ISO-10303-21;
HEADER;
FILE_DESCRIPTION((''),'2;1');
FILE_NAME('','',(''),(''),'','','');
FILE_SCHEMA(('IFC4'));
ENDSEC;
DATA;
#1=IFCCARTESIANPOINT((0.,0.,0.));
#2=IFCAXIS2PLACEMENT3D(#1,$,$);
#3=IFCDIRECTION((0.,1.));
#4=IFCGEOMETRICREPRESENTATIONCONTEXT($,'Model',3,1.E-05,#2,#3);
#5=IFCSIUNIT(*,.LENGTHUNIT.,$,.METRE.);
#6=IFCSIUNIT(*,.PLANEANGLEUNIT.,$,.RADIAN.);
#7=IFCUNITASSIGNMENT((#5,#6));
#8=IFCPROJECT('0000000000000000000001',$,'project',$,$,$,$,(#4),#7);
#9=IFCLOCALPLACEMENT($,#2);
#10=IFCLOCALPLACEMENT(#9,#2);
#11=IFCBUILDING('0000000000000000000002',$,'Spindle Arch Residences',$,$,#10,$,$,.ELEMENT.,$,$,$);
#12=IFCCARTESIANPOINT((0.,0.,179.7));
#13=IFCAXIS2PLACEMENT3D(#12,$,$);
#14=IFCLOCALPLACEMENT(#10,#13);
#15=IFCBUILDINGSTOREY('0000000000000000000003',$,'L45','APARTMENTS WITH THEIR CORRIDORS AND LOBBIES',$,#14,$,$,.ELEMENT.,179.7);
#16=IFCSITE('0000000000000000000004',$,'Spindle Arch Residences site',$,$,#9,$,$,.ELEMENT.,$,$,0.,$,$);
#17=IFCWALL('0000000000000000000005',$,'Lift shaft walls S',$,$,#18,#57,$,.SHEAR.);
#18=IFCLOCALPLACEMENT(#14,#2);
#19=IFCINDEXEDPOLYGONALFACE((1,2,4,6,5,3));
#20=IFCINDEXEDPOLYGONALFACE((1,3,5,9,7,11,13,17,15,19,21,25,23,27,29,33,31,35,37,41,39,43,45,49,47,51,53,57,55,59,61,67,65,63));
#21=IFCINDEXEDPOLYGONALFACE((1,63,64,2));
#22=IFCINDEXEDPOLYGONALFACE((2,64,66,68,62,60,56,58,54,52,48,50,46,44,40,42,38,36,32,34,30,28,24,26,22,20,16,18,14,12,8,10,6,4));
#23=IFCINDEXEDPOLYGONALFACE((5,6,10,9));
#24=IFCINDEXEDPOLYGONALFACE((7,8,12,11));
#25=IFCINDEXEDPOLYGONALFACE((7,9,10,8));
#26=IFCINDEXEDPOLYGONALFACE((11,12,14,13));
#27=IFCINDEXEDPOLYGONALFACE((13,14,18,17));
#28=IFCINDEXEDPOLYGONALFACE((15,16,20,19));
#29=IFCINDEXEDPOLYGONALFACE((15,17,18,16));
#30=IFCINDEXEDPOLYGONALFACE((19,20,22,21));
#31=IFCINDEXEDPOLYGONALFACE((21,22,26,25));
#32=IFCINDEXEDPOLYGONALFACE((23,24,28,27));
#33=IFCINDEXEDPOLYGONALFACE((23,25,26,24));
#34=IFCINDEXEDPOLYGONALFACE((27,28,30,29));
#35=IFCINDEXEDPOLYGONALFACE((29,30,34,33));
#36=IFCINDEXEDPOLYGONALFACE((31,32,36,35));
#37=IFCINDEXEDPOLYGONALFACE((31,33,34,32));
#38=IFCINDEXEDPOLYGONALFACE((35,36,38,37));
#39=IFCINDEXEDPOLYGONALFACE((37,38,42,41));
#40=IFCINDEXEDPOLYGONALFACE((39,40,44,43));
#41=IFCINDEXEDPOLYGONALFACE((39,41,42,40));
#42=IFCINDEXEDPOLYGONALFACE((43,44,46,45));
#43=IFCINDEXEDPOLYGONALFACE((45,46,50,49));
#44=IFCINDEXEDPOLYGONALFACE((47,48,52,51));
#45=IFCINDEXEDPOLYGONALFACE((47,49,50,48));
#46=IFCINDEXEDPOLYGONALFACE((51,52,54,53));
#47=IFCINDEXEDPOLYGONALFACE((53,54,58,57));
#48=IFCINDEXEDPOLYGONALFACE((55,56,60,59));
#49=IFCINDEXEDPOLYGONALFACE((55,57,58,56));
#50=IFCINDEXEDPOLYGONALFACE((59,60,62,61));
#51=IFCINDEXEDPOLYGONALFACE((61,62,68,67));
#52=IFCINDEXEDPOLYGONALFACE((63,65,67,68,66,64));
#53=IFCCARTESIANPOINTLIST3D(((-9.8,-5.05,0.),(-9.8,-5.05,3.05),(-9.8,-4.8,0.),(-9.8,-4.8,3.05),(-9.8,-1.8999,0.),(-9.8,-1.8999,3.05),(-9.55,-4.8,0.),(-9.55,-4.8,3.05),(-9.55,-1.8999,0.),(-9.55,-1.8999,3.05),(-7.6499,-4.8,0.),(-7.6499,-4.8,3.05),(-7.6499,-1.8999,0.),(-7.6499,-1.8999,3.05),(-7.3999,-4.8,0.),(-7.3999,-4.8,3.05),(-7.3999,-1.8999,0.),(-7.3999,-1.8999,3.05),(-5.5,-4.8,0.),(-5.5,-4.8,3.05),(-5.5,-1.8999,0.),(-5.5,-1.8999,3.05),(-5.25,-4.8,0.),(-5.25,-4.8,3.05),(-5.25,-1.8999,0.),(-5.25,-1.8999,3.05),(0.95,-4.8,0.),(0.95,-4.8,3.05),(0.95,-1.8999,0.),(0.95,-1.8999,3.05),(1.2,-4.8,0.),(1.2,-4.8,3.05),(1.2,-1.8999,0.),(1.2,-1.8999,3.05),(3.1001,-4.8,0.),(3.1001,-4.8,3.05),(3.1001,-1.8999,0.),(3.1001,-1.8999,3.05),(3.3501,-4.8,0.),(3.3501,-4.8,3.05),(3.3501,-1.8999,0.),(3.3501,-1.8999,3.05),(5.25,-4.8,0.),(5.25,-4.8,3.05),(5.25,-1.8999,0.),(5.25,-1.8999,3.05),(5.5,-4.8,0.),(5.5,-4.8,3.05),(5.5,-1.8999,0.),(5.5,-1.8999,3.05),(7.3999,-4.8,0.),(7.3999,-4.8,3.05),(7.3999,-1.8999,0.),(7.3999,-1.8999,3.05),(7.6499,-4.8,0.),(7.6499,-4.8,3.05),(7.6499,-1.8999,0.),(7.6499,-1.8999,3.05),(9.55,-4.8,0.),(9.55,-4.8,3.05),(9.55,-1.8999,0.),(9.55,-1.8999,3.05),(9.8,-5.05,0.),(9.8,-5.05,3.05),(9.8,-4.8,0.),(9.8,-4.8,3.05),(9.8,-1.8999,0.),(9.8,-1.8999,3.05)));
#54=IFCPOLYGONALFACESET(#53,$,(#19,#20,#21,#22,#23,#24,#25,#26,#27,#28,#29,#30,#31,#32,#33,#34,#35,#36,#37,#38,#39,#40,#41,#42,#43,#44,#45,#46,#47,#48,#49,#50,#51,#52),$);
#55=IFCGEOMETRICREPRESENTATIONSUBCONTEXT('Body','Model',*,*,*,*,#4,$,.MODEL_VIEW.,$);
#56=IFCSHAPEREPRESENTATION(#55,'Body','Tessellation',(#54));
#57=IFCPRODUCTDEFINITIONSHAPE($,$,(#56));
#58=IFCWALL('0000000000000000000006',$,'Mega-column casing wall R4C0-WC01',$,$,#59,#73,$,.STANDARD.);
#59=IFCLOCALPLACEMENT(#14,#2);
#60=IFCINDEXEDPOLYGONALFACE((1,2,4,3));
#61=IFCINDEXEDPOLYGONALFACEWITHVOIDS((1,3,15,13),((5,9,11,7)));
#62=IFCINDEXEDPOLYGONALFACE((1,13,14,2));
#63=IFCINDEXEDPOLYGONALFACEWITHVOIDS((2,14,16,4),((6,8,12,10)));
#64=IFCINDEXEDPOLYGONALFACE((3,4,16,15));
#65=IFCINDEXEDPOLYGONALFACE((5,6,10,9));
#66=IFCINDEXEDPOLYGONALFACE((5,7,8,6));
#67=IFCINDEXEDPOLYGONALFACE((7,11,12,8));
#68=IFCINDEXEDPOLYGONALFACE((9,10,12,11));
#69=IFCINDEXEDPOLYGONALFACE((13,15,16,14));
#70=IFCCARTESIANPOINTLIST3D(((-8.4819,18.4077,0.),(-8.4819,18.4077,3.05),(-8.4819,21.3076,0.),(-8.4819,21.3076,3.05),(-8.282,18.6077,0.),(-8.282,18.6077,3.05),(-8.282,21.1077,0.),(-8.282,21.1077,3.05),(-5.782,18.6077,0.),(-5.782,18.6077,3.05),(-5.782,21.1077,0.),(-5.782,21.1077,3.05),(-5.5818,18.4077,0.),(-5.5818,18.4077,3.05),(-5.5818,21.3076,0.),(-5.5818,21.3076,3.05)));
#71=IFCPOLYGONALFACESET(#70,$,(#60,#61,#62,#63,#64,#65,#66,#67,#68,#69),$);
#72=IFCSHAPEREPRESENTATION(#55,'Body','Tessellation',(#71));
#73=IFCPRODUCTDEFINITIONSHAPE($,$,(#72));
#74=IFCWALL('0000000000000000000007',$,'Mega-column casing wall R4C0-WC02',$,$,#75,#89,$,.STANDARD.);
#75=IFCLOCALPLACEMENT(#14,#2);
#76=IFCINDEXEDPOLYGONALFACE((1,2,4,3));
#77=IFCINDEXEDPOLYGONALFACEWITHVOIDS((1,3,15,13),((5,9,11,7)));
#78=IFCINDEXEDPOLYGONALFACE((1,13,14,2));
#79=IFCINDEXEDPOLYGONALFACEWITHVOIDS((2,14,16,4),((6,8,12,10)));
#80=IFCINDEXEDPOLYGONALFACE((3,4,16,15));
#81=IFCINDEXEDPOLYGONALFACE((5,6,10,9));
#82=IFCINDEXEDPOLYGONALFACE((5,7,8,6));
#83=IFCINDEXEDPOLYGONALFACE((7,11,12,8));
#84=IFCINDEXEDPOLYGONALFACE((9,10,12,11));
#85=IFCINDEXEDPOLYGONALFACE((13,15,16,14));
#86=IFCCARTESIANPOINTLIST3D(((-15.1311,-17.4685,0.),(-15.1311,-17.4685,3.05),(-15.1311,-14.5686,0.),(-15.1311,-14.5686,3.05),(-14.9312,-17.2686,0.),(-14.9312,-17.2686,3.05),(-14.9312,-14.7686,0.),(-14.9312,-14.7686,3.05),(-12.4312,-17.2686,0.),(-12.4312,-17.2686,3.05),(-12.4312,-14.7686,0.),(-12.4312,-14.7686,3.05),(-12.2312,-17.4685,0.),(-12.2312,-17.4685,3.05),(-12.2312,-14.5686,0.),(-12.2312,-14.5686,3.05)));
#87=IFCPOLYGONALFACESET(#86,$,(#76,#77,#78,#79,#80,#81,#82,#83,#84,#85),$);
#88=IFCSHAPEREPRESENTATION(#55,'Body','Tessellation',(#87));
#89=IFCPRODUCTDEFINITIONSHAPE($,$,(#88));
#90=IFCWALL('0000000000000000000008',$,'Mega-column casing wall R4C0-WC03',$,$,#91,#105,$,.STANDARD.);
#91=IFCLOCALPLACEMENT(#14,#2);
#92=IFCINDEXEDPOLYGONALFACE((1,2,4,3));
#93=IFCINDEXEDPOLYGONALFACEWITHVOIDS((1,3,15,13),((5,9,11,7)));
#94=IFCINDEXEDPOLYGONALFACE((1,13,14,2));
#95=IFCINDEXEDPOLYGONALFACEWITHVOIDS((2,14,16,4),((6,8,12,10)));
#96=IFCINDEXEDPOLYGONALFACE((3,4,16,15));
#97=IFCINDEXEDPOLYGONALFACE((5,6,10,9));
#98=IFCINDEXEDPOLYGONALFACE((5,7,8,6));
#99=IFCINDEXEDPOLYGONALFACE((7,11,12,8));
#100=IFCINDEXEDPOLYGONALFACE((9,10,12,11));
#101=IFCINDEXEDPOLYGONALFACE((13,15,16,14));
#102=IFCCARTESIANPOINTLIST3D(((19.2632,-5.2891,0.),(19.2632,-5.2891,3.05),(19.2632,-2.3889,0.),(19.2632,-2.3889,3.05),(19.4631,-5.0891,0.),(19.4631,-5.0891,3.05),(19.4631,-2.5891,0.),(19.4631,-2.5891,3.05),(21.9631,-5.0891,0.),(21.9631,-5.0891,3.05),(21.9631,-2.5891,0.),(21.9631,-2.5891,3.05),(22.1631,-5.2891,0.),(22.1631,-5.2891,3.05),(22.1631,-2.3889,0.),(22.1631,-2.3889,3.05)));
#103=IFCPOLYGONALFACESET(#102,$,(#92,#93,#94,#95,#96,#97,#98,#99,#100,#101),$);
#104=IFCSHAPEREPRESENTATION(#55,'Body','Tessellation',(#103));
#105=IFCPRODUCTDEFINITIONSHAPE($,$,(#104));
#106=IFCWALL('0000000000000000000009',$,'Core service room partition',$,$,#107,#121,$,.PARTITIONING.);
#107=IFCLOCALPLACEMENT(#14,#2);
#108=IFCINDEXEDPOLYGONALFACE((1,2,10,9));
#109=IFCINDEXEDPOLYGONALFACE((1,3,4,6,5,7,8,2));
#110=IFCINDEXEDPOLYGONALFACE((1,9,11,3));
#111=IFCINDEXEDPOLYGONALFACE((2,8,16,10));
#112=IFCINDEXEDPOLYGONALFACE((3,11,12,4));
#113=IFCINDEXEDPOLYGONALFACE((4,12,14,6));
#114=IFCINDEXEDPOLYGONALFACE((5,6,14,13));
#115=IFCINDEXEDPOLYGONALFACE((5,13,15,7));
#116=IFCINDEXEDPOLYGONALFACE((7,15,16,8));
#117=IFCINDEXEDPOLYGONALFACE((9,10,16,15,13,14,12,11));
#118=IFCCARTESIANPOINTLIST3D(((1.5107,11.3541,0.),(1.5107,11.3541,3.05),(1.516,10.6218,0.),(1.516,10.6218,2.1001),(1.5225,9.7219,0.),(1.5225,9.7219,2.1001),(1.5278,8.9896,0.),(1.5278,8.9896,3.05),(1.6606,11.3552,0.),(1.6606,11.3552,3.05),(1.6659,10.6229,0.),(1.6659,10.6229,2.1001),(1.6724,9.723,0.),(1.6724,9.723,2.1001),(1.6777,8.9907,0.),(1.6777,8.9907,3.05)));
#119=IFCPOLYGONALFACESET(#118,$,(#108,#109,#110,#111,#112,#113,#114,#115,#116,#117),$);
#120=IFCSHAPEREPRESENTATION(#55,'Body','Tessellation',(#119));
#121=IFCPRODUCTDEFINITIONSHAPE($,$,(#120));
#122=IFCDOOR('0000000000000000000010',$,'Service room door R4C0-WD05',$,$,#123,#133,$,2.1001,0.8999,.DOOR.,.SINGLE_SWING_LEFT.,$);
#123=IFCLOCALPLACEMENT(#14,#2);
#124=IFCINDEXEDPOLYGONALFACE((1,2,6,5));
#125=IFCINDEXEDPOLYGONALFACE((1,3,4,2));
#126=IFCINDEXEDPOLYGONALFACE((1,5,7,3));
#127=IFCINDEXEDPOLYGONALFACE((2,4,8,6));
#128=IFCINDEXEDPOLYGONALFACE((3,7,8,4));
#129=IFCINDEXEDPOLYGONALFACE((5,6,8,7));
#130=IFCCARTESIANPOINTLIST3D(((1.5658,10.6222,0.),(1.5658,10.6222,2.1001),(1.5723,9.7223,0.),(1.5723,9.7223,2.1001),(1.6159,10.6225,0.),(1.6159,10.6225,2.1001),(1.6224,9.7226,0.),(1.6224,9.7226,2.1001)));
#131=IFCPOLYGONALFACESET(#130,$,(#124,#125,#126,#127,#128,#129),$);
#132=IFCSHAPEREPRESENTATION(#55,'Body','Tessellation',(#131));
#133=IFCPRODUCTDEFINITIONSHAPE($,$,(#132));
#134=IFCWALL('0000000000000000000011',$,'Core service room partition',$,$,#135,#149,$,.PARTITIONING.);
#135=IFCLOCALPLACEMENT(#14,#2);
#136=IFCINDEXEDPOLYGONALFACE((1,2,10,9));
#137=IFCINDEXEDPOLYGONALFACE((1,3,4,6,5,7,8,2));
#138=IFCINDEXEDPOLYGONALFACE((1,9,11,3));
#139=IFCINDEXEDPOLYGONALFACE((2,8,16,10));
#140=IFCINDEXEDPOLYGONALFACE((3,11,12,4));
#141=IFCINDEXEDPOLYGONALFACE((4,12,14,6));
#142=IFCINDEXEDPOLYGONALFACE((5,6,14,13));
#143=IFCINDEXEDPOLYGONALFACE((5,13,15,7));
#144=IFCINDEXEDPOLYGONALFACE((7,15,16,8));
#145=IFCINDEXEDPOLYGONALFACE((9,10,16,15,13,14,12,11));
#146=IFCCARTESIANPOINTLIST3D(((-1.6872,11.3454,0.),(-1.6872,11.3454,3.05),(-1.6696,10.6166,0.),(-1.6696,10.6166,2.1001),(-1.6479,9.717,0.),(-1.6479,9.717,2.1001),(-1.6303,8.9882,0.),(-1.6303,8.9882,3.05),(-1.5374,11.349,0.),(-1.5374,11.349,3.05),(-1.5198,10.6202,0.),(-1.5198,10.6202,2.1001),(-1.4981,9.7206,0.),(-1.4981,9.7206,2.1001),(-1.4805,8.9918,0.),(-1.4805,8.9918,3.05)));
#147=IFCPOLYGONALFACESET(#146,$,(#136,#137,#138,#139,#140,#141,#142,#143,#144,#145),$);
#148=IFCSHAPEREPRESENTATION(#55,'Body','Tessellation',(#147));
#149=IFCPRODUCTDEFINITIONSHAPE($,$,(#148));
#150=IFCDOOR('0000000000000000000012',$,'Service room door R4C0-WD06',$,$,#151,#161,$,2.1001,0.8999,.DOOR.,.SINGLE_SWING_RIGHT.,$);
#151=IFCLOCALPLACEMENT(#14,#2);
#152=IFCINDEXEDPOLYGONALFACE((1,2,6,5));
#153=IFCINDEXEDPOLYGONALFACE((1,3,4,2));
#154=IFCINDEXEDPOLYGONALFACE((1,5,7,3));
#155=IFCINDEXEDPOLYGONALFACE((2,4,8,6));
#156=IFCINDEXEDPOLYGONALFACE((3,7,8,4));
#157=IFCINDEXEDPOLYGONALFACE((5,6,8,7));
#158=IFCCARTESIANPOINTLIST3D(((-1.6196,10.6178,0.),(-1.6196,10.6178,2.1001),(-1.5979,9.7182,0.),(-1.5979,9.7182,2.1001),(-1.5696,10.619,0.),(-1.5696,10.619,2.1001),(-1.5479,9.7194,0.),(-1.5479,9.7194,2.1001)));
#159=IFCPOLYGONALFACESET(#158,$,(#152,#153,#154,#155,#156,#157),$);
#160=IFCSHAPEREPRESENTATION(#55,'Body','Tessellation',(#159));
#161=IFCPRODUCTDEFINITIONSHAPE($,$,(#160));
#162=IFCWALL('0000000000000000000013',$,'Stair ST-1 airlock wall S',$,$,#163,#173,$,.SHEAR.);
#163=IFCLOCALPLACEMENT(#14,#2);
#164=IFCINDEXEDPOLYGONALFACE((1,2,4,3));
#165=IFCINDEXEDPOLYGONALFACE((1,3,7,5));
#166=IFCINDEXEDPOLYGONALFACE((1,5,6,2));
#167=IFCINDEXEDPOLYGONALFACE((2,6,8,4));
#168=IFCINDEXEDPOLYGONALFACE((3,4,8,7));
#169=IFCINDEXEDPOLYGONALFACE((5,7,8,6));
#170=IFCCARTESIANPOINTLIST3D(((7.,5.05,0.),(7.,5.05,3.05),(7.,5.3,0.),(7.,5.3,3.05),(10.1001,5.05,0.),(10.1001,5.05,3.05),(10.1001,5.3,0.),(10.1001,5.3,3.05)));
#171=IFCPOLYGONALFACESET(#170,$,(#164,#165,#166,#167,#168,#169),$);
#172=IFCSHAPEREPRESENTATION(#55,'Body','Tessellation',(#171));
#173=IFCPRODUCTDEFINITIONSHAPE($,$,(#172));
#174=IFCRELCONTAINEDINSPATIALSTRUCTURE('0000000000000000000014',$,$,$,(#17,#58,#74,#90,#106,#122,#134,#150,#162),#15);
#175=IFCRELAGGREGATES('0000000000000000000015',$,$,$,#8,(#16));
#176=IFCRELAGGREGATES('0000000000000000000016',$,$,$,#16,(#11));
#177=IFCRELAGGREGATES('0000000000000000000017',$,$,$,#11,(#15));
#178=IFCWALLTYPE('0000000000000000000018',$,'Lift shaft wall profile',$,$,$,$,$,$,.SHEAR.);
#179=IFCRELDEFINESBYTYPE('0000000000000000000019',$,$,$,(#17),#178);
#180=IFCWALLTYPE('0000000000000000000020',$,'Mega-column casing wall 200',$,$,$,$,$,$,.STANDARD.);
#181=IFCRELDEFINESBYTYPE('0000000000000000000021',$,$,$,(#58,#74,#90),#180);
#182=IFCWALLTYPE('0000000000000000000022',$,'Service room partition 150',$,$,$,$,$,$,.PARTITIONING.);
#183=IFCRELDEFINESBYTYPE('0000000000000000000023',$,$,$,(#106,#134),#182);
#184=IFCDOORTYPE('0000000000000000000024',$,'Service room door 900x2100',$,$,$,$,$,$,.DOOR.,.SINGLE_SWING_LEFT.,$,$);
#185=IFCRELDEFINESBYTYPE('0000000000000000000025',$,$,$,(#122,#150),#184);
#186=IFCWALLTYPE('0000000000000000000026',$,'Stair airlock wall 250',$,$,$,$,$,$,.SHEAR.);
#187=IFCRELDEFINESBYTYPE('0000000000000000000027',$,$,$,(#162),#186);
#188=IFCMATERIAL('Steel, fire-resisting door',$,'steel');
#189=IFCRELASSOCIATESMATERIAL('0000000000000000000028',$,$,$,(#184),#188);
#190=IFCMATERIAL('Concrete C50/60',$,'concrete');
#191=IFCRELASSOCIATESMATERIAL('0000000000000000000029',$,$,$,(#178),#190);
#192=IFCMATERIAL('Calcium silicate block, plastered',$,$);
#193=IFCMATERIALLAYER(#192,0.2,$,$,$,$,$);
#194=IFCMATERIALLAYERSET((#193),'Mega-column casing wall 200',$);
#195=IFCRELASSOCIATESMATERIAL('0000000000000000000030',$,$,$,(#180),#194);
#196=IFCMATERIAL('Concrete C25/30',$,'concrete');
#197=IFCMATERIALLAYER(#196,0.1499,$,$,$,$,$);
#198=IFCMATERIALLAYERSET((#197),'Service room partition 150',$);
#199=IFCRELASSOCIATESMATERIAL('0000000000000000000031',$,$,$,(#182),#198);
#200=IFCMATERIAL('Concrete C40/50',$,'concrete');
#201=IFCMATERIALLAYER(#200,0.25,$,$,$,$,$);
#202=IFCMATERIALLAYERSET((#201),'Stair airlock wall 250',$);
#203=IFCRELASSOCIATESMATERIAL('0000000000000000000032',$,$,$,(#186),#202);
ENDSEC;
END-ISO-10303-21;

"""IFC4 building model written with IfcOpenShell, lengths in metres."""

from ifc_helpers import new_model, si_unit, direction, frame, frame_2d, origin, place, context, subcontext, project, spatial, polyline, rectangle, outline, extrude, material, layer, layer_set, type_object, element, fill, save


model = new_model("IFC4")

# Units and contexts
model_context = context("Model", 3, precision=1e-05, world=origin(), true_north=direction((0.0, 1.0)))
body_context = subcontext(model_context, "Body", "Model", "MODEL_VIEW")
ifc_project = project(units=[si_unit("LENGTHUNIT", "METRE"), si_unit("PLANEANGLEUNIT", "RADIAN")], contexts=[model_context])

# Site, building, storey
site_placement = place(None, origin())
site = spatial("IfcSite", under=ifc_project, at=site_placement, Name="Spindle Arch Residences site", CompositionType="ELEMENT", RefElevation=0.0)
building_placement = place(site_placement, origin())
building = spatial("IfcBuilding", under=site, at=building_placement, Name="Spindle Arch Residences", CompositionType="ELEMENT")
storey_placement = place(building_placement, frame((0.0, 0.0, 179.7)))
storey = spatial("IfcBuildingStorey", under=building, at=storey_placement, Name="L45", Description="APARTMENTS WITH THEIR CORRIDORS AND LOBBIES", CompositionType="ELEMENT", Elevation=179.7)

# Shared definitions
ifc_material_1 = material(Name="Steel, fire-resisting door", Category="steel")
door_type_1 = type_object("IfcDoorType", Name="Service room door 900x2100", OperationType="SINGLE_SWING_LEFT", PredefinedType="DOOR", material=ifc_material_1)

# Walls
ifc_material_2 = material(Name="Concrete C50/60", Category="concrete")
wall_type_1 = type_object("IfcWallType", Name="Lift shaft wall profile", PredefinedType="SHEAR", material=ifc_material_2)
wall_1_placement = place(storey_placement, origin())
element("IfcWall", 1, at=wall_1_placement, inside=storey, type_object=wall_type_1, Name="Lift shaft walls S", PredefinedType="SHEAR", context=body_context, shape_type="SweptSolid", body=[
    extrude(outline(polyline([(9.8, -5.05), (9.8, -4.8), (9.8, -1.8999), (9.55, -1.8999), (9.55, -4.8), (7.6499, -4.8), (7.6499, -1.8999), (7.3999, -1.8999), (7.3999, -4.8), (5.5, -4.8), (5.5, -1.8999), (5.25, -1.8999), (5.25, -4.8), (3.3501, -4.8), (3.3501, -1.8999), (3.1001, -1.8999), (3.1001, -4.8), (1.2, -4.8), (1.2, -1.8999), (0.95, -1.8999), (0.95, -4.8), (-5.25, -4.8), (-5.25, -1.8999), (-5.5, -1.8999), (-5.5, -4.8), (-7.3999, -4.8), (-7.3999, -1.8999), (-7.6499, -1.8999), (-7.6499, -4.8), (-9.55, -4.8), (-9.55, -1.8999), (-9.8, -1.8999), (-9.8, -4.8), (-9.8, -5.05), (9.8, -5.05)])), origin(), (0.0, 0.0, 1.0), 3.05),
])
ifc_material_3 = material(Name="Calcium silicate block, plastered")
ifc_layer_1 = layer(ifc_material_3, 0.2)
ifc_layer_set_1 = layer_set([ifc_layer_1], Name="Mega-column casing wall 200")
wall_type_2 = type_object("IfcWallType", Name="Mega-column casing wall 200", PredefinedType="STANDARD", material=ifc_layer_set_1)
wall_2_placement = place(storey_placement, origin())
element("IfcWall", 2, at=wall_2_placement, inside=storey, type_object=wall_type_2, Name="Mega-column casing wall R4C0-WC01", PredefinedType="STANDARD", context=body_context, shape_type="SweptSolid", body=[
    extrude(outline(polyline([(-5.5818, 21.3076), (-5.5818, 18.4077), (-8.4819, 18.4077), (-8.4819, 21.3076), (-5.5818, 21.3076)]), holes=[polyline([(-8.282, 18.6077), (-5.782, 18.6077), (-5.782, 21.1077), (-8.282, 21.1077), (-8.282, 18.6077)])]), origin(), (0.0, 0.0, 1.0), 3.05),
])
wall_3_placement = place(storey_placement, origin())
element("IfcWall", 3, at=wall_3_placement, inside=storey, type_object=wall_type_2, Name="Mega-column casing wall R4C0-WC02", PredefinedType="STANDARD", context=body_context, shape_type="SweptSolid", body=[
    extrude(outline(polyline([(-12.2312, -14.5686), (-12.2312, -17.4685), (-15.1311, -17.4685), (-15.1311, -14.5686), (-12.2312, -14.5686)]), holes=[polyline([(-14.9312, -17.2686), (-12.4312, -17.2686), (-12.4312, -14.7686), (-14.9312, -14.7686), (-14.9312, -17.2686)])]), origin(), (0.0, 0.0, 1.0), 3.05),
])
wall_4_placement = place(storey_placement, origin())
element("IfcWall", 4, at=wall_4_placement, inside=storey, type_object=wall_type_2, Name="Mega-column casing wall R4C0-WC03", PredefinedType="STANDARD", context=body_context, shape_type="SweptSolid", body=[
    extrude(outline(polyline([(22.1631, -2.3889), (22.1631, -5.2891), (19.2632, -5.2891), (19.2632, -2.3889), (22.1631, -2.3889)]), holes=[polyline([(19.4631, -5.0891), (21.9631, -5.0891), (21.9631, -2.5891), (19.4631, -2.5891), (19.4631, -5.0891)])]), origin(), (0.0, 0.0, 1.0), 3.05),
])

# Walls, openings, doors
ifc_material_4 = material(Name="Concrete C25/30", Category="concrete")
ifc_layer_2 = layer(ifc_material_4, 0.1499)
ifc_layer_set_2 = layer_set([ifc_layer_2], Name="Service room partition 150")
wall_type_3 = type_object("IfcWallType", Name="Service room partition 150", PredefinedType="PARTITIONING", material=ifc_layer_set_2)
wall_5_placement = place(storey_placement, frame((1.5857, 11.3545, 0.0), z_axis=(0.0, 0.0, 1.0), x_axis=(0.007227, -0.999974, 0.0)))
wall_5 = element("IfcWall", 5, at=wall_5_placement, inside=storey, type_object=wall_type_3, Name="Core service room partition", PredefinedType="PARTITIONING", context=body_context, shape_type="SweptSolid", body=[
    extrude(rectangle(XDim=2.3645, YDim=0.1499, at=frame_2d((1.1821, 0.0))), origin(), (0.0, 0.0, 1.0), 3.05),
])
opening_1_placement = place(wall_5_placement, frame((0.7322, 0.0, 0.0)))
opening_1 = element("IfcOpeningElement", 6, at=opening_1_placement, cuts=wall_5, PredefinedType="OPENING", context=body_context, shape_type="SweptSolid", body=[
    extrude(rectangle(XDim=0.8999, YDim=2.1001, at=frame_2d((0.45, 1.05))), frame((0.0, 0.085, 0.0), z_axis=(0.0, -1.0, 0.0), x_axis=(1.0, 0.0, 0.0)), (0.0, 0.0, 1.0), 0.1699),
])
door_1_placement = place(opening_1_placement, origin())
door_1 = element("IfcDoor", 7, at=door_1_placement, inside=storey, type_object=door_type_1, Name="Service room door R4C0-WD05", OperationType="SINGLE_SWING_LEFT", OverallHeight=2.1001, OverallWidth=0.8999, PredefinedType="DOOR", context=body_context, shape_type="SweptSolid", body=[
    extrude(rectangle(XDim=0.8999, YDim=2.1001, at=frame_2d((0.45, 1.05))), frame((0.0, 0.0249, 0.0), z_axis=(0.0, -1.0, 0.0), x_axis=(1.0, 0.0, 0.0)), (0.0, 0.0, 1.0), 0.05),
])
fill(opening_1, door_1)
wall_6_placement = place(storey_placement, frame((-1.5554, 8.99, 0.0), z_axis=(0.0, 0.0, 1.0), x_axis=(-0.024126, 0.999709, 0.0)))
wall_6 = element("IfcWall", 8, at=wall_6_placement, inside=storey, type_object=wall_type_3, Name="Core service room partition", PredefinedType="PARTITIONING", context=body_context, shape_type="SweptSolid", body=[
    extrude(rectangle(XDim=2.3579, YDim=0.1499, at=frame_2d((1.179, 0.0))), origin(), (0.0, 0.0, 1.0), 3.05),
])
opening_2_placement = place(wall_6_placement, frame((0.729, 0.0, 0.0)))
opening_2 = element("IfcOpeningElement", 9, at=opening_2_placement, cuts=wall_6, PredefinedType="OPENING", context=body_context, shape_type="SweptSolid", body=[
    extrude(rectangle(XDim=0.8999, YDim=2.1001, at=frame_2d((0.45, 1.05))), frame((0.0, 0.085, 0.0), z_axis=(0.0, -1.0, 0.0), x_axis=(1.0, 0.0, 0.0)), (0.0, 0.0, 1.0), 0.1699),
])
door_2_placement = place(opening_2_placement, origin())
door_2 = element("IfcDoor", 10, at=door_2_placement, inside=storey, type_object=door_type_1, Name="Service room door R4C0-WD06", OperationType="SINGLE_SWING_RIGHT", OverallHeight=2.1001, OverallWidth=0.8999, PredefinedType="DOOR", context=body_context, shape_type="SweptSolid", body=[
    extrude(rectangle(XDim=0.8999, YDim=2.1001, at=frame_2d((0.45, 1.05))), frame((0.0, 0.0249, 0.0), z_axis=(0.0, -1.0, 0.0), x_axis=(1.0, 0.0, 0.0)), (0.0, 0.0, 1.0), 0.05),
])
fill(opening_2, door_2)

# Wall
ifc_material_5 = material(Name="Concrete C40/50", Category="concrete")
ifc_layer_3 = layer(ifc_material_5, 0.25)
ifc_layer_set_3 = layer_set([ifc_layer_3], Name="Stair airlock wall 250")
wall_type_4 = type_object("IfcWallType", Name="Stair airlock wall 250", PredefinedType="SHEAR", material=ifc_layer_set_3)
wall_7_placement = place(storey_placement, frame((7.0, 5.175, 0.0), z_axis=(0.0, 0.0, 1.0), x_axis=(1.0, 0.0, 0.0)))
element("IfcWall", 11, at=wall_7_placement, inside=storey, type_object=wall_type_4, Name="Stair ST-1 airlock wall S", PredefinedType="SHEAR", context=body_context, shape_type="SweptSolid", body=[
    extrude(rectangle(XDim=3.1001, YDim=0.25, at=frame_2d((1.55, 0.0))), origin(), (0.0, 0.0, 1.0), 3.05),
])

save(model, "model.ifc")
